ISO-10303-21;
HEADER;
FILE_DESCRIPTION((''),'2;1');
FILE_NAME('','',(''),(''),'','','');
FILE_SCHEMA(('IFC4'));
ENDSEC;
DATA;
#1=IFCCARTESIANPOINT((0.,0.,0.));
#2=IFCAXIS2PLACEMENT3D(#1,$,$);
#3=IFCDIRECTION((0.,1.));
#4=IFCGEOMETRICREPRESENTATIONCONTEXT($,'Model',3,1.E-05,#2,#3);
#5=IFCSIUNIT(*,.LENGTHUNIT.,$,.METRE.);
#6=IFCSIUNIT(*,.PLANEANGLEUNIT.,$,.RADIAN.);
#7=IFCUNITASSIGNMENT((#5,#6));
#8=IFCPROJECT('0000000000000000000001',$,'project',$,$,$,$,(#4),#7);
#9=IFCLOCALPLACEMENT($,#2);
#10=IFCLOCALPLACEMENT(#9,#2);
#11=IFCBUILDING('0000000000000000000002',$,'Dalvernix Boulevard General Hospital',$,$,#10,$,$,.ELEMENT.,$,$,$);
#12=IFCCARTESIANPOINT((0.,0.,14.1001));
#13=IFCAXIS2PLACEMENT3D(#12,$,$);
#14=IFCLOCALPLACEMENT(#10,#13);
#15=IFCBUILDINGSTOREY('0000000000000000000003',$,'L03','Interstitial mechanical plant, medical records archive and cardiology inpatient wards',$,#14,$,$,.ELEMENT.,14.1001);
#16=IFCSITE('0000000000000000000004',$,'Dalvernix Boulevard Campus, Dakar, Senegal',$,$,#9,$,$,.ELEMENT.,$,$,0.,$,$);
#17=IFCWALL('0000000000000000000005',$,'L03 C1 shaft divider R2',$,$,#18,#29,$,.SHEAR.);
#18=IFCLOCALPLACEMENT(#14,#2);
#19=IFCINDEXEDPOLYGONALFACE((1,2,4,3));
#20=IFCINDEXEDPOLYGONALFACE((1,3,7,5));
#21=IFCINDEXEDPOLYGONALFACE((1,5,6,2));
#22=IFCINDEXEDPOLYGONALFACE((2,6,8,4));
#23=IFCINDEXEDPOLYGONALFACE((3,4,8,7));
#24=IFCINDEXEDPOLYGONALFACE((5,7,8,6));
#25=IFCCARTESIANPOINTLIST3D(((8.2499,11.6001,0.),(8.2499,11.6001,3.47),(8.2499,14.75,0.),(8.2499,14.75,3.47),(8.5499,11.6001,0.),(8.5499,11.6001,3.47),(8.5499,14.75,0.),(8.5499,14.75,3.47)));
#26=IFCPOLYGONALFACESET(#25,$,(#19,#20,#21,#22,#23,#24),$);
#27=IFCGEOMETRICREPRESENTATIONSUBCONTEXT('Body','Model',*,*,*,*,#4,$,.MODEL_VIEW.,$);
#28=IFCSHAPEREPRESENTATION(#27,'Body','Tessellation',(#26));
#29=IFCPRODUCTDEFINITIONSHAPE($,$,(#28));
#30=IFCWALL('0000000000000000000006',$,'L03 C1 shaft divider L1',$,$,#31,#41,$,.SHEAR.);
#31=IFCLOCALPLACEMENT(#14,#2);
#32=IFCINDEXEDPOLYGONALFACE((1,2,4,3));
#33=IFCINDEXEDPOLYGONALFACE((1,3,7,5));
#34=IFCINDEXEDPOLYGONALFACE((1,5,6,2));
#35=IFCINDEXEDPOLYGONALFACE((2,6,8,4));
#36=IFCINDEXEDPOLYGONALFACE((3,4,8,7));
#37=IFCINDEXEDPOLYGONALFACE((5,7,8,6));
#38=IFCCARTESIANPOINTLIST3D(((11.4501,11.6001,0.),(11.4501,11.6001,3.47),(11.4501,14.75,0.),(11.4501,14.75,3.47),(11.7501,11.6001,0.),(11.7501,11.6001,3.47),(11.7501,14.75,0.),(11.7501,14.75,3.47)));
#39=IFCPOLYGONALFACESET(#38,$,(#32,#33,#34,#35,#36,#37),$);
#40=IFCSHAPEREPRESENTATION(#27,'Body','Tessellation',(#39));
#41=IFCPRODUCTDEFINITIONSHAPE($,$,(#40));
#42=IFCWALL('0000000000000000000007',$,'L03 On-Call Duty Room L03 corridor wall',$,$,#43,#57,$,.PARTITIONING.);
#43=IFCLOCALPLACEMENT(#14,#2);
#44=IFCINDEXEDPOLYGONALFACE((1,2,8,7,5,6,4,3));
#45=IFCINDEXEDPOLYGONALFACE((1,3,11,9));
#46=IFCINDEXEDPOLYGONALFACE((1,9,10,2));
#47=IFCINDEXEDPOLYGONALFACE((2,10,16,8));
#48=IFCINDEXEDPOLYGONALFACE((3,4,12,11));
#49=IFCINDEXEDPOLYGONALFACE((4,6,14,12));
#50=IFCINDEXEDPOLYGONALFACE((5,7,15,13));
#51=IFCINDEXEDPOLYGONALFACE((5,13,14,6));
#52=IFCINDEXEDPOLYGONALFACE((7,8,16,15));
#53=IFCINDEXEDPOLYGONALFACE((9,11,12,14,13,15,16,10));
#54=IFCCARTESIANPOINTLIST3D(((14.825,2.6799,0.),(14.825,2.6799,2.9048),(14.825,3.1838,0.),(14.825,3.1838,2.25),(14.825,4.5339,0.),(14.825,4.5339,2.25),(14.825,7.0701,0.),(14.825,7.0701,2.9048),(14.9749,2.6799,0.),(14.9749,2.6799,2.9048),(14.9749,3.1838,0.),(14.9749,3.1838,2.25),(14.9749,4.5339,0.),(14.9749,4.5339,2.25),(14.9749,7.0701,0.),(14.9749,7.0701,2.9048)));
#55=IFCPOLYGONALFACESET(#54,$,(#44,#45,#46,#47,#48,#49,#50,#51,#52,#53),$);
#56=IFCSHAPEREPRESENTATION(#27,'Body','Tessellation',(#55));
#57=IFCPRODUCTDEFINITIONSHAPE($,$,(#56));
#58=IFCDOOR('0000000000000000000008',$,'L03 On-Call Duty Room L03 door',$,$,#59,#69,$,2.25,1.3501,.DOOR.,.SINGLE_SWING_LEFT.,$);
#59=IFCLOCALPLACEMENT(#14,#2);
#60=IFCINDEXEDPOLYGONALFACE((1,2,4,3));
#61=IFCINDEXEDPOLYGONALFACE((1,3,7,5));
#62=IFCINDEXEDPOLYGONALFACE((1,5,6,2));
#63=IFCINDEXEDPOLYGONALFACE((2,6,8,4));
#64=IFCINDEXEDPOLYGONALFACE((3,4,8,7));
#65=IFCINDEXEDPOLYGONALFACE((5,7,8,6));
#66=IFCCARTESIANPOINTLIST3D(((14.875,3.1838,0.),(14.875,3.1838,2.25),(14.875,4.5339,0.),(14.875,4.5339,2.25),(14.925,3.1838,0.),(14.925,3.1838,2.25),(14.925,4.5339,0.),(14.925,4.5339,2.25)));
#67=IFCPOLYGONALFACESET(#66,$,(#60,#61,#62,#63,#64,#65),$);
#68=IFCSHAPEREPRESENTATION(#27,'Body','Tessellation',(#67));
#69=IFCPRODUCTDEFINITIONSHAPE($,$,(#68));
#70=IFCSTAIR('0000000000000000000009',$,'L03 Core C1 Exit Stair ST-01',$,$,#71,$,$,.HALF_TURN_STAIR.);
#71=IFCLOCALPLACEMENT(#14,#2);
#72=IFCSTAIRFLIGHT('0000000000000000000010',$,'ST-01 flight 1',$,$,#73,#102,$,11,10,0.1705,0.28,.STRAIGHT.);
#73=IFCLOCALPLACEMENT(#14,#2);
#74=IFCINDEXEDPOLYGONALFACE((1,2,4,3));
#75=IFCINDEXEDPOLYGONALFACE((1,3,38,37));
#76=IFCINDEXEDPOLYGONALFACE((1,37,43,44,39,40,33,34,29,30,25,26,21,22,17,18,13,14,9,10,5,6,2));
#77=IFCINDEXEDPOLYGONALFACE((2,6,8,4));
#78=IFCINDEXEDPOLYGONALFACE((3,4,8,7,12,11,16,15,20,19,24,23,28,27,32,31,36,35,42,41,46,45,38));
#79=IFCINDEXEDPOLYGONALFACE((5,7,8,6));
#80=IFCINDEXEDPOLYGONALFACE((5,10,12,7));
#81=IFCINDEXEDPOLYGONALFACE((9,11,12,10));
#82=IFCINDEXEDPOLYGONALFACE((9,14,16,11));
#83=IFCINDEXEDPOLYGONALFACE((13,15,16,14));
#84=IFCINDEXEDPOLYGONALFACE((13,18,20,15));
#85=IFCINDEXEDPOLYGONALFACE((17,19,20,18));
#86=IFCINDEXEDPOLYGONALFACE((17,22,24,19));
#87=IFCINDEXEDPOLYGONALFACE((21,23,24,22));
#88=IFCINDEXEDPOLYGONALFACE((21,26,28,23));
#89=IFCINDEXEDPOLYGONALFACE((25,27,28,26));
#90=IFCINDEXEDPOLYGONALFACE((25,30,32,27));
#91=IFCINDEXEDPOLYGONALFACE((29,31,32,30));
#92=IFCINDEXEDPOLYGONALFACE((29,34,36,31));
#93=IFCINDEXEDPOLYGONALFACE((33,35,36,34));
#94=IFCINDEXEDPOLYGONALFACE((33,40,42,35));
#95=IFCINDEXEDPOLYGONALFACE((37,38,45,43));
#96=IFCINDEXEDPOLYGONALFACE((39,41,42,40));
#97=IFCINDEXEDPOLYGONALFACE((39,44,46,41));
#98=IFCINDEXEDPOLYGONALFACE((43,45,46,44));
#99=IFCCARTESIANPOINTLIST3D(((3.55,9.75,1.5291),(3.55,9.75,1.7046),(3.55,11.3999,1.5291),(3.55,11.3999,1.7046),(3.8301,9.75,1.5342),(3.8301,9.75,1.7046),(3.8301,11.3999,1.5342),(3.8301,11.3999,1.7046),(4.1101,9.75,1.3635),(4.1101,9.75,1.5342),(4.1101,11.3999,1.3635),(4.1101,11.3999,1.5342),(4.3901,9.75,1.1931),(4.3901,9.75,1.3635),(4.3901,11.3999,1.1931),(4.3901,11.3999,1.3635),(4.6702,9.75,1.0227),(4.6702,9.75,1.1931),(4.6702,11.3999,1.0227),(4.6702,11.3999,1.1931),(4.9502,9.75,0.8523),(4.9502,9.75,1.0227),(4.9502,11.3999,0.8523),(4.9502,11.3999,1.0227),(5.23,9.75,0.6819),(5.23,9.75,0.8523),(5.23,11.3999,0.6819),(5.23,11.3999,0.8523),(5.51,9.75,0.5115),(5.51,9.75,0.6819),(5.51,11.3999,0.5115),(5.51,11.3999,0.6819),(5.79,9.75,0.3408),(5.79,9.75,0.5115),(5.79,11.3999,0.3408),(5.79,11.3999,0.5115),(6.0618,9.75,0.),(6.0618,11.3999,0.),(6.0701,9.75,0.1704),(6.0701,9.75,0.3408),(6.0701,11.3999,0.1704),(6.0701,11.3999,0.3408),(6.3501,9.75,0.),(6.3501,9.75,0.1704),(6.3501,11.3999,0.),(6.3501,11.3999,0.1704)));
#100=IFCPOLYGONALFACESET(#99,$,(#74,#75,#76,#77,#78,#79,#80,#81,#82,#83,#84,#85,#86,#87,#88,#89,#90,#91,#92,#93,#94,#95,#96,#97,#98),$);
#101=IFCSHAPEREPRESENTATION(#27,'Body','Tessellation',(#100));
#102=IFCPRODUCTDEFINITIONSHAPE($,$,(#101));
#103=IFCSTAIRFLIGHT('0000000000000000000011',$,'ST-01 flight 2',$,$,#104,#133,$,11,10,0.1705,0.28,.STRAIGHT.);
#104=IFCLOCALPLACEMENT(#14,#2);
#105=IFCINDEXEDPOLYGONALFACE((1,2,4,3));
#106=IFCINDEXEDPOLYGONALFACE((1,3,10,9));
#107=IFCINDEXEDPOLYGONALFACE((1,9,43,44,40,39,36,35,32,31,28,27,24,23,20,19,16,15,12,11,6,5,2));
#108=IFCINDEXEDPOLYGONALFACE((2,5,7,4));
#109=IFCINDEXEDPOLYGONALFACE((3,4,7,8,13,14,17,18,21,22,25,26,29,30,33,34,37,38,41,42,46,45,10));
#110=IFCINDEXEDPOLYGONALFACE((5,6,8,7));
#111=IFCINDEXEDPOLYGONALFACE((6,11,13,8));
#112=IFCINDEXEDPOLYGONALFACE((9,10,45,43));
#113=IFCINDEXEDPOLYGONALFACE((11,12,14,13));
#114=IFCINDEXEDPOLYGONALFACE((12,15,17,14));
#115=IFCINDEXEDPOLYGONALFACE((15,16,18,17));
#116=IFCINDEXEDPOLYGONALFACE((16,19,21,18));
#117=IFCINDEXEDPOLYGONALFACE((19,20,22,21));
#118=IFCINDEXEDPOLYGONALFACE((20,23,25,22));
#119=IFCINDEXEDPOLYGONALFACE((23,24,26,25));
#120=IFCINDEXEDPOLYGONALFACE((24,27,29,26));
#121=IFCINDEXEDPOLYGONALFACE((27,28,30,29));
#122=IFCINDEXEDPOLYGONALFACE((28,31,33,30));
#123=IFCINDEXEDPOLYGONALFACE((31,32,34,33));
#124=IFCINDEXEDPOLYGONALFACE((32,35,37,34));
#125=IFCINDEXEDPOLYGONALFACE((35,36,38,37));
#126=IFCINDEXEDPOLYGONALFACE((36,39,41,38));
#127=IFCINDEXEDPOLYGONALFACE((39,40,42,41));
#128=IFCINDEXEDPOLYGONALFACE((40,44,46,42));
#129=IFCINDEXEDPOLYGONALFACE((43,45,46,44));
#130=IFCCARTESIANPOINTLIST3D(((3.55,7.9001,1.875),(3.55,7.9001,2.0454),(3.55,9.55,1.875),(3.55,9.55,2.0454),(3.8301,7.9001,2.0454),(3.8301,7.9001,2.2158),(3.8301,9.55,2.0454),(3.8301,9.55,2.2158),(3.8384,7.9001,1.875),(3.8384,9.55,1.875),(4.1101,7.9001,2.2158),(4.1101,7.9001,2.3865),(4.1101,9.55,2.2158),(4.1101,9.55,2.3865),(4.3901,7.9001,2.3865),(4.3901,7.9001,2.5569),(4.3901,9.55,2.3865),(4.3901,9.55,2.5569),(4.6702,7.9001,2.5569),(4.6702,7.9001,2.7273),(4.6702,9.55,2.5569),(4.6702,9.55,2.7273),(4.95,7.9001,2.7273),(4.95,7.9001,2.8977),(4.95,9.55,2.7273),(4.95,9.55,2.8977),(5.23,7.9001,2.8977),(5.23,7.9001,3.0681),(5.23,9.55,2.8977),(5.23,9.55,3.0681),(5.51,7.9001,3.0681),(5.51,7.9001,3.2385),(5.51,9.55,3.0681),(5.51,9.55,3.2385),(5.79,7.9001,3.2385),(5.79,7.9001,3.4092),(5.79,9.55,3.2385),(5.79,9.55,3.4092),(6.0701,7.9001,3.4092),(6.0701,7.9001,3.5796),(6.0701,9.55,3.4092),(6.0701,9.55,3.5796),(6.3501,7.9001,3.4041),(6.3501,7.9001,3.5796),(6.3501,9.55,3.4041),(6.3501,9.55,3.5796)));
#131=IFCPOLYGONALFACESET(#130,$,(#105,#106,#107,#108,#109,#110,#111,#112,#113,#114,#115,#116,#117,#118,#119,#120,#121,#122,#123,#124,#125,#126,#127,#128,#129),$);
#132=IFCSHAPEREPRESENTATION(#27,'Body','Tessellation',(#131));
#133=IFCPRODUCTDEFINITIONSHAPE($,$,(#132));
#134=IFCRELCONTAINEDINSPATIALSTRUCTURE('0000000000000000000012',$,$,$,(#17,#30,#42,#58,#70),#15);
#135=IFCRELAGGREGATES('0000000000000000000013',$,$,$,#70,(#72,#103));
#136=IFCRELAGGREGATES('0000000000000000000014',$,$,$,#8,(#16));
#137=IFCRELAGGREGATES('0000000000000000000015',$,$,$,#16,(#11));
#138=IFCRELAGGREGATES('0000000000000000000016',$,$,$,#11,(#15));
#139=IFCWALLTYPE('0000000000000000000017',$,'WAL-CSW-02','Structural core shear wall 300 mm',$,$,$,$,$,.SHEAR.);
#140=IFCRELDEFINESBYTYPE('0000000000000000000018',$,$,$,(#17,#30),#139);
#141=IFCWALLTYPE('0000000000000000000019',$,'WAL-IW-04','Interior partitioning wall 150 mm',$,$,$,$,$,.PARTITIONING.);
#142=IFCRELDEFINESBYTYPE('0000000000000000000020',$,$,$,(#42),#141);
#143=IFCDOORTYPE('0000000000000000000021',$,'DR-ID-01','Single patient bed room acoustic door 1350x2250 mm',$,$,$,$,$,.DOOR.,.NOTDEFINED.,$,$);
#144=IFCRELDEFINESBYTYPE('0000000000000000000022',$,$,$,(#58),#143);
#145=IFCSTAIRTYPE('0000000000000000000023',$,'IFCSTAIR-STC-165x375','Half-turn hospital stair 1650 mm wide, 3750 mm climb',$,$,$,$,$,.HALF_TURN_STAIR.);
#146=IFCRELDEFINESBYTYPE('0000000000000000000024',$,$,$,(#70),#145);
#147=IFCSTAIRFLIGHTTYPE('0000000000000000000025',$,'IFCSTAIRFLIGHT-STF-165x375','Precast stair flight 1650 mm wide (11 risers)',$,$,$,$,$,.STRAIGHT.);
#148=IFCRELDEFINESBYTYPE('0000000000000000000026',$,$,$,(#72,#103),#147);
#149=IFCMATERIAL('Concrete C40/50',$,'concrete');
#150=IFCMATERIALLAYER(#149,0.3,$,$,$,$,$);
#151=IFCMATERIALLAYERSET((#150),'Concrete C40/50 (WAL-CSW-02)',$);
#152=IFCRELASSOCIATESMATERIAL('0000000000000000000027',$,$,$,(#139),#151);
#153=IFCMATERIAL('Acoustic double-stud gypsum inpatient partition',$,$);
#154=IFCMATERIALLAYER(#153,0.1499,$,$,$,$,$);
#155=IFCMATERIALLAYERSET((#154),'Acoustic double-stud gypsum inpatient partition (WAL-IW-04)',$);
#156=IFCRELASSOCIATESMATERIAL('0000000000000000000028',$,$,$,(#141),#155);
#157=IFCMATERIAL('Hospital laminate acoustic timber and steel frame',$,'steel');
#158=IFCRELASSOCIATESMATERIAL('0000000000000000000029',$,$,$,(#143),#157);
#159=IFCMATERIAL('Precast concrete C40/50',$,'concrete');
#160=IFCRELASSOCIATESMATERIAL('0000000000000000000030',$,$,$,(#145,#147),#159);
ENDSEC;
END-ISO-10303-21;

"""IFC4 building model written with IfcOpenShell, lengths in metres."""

from ifc_helpers import new_model, si_unit, direction, frame, frame_2d, origin, place, context, subcontext, project, spatial, polyline, rectangle, outline, extrude, material, layer, layer_set, type_object, element, fill, aggregate, save


model = new_model("IFC4")

# Units and contexts
model_context = context("Model", 3, precision=1e-05, world=origin(), true_north=direction((0.0, 1.0)))
body_context = subcontext(model_context, "Body", "Model", "MODEL_VIEW")
ifc_project = project(units=[si_unit("LENGTHUNIT", "METRE"), si_unit("PLANEANGLEUNIT", "RADIAN")], contexts=[model_context])

# Site, building, storey
site_placement = place(None, origin())
site = spatial("IfcSite", under=ifc_project, at=site_placement, Name="Dalvernix Boulevard Campus, Dakar, Senegal", CompositionType="ELEMENT", RefElevation=0.0)
building_placement = place(site_placement, origin())
building = spatial("IfcBuilding", under=site, at=building_placement, Name="Dalvernix Boulevard General Hospital", CompositionType="ELEMENT")
storey_placement = place(building_placement, frame((0.0, 0.0, 14.1001)))
storey = spatial("IfcBuildingStorey", under=building, at=storey_placement, Name="L03", Description="Interstitial mechanical plant, medical records archive and cardiology inpatient wards", CompositionType="ELEMENT", Elevation=14.1001)

# Shared definitions
ifc_material_1 = material(Name="Concrete C40/50", Category="concrete")

# Shared definitions
ifc_material_2 = material(Name="Hospital laminate acoustic timber and steel frame", Category="steel")

# Shared definitions
ifc_layer_1 = layer(ifc_material_1, 0.3)
ifc_layer_set_1 = layer_set([ifc_layer_1], Name="Concrete C40/50 (WAL-CSW-02)")
wall_type_1 = type_object("IfcWallType", Name="WAL-CSW-02", Description="Structural core shear wall 300 mm", PredefinedType="SHEAR", material=ifc_layer_set_1)

# Walls
for number, where, z_axis, x_axis, name in (
    (1, (8.3999, 11.6001, 0.0), (0.0, 0.0, 1.0), (0.0, 1.0, 0.0), "L03 C1 shaft divider R2"),
    (2, (11.6001, 11.6001, 0.0), (0.0, 0.0, 1.0), (0.0, 1.0, 0.0), "L03 C1 shaft divider L1"),
):
    element("IfcWall", number, at=place(storey_placement, frame(where, z_axis=z_axis, x_axis=x_axis)), inside=storey, type_object=wall_type_1, Name=name, PredefinedType="SHEAR", context=body_context, shape_type="SweptSolid", body=[
        extrude(rectangle(XDim=3.1499, YDim=0.3, at=frame_2d((1.575, 0.0))), origin(), (0.0, 0.0, 1.0), 3.47),
    ])

# Wall, opening, door
ifc_material_3 = material(Name="Acoustic double-stud gypsum inpatient partition")
ifc_layer_2 = layer(ifc_material_3, 0.1499)
ifc_layer_set_2 = layer_set([ifc_layer_2], Name="Acoustic double-stud gypsum inpatient partition (WAL-IW-04)")
wall_type_2 = type_object("IfcWallType", Name="WAL-IW-04", Description="Interior partitioning wall 150 mm", PredefinedType="PARTITIONING", material=ifc_layer_set_2)
wall_1_placement = place(storey_placement, frame((14.8999, 2.6799, 0.0), z_axis=(0.0, 0.0, 1.0), x_axis=(0.0, 1.0, 0.0)))
wall_1 = element("IfcWall", 3, at=wall_1_placement, inside=storey, type_object=wall_type_2, Name="L03 On-Call Duty Room L03 corridor wall", PredefinedType="PARTITIONING", context=body_context, shape_type="SweptSolid", body=[
    extrude(rectangle(XDim=4.3901, YDim=0.1499, at=frame_2d((2.1951, 0.0))), origin(), (0.0, 0.0, 1.0), 2.9048),
])
opening_1_placement = place(wall_1_placement, frame((0.5039, 0.0, 0.0)))
opening_1 = element("IfcOpeningElement", 4, at=opening_1_placement, cuts=wall_1, PredefinedType="OPENING", context=body_context, shape_type="SweptSolid", body=[
    extrude(rectangle(XDim=1.3501, YDim=2.25, at=frame_2d((0.675, 1.125))), frame((0.0, 0.085, 0.0), z_axis=(0.0, -1.0, 0.0), x_axis=(1.0, 0.0, 0.0)), (0.0, 0.0, 1.0), 0.1699),
])
door_type_1 = type_object("IfcDoorType", Name="DR-ID-01", Description="Single patient bed room acoustic door 1350x2250 mm", OperationType="NOTDEFINED", PredefinedType="DOOR", material=ifc_material_2)
door_1_placement = place(opening_1_placement, origin())
door_1 = element("IfcDoor", 5, at=door_1_placement, inside=storey, type_object=door_type_1, Name="L03 On-Call Duty Room L03 door", OperationType="SINGLE_SWING_LEFT", OverallHeight=2.25, OverallWidth=1.3501, PredefinedType="DOOR", context=body_context, shape_type="SweptSolid", body=[
    extrude(rectangle(XDim=1.3501, YDim=2.25, at=frame_2d((0.675, 1.125))), frame((0.0, 0.0249, 0.0), z_axis=(0.0, -1.0, 0.0), x_axis=(1.0, 0.0, 0.0)), (0.0, 0.0, 1.0), 0.05),
])
fill(opening_1, door_1)

# Stair, stair flights
ifc_material_4 = material(Name="Precast concrete C40/50", Category="concrete")
stair_type = type_object("IfcStairType", Name="IFCSTAIR-STC-165x375", Description="Half-turn hospital stair 1650 mm wide, 3750 mm climb", PredefinedType="HALF_TURN_STAIR", material=ifc_material_4)
stair_placement = place(storey_placement, origin())
stair = element("IfcStair", 6, at=stair_placement, inside=storey, type_object=stair_type, Name="L03 Core C1 Exit Stair ST-01", PredefinedType="HALF_TURN_STAIR")
stair_flight_type = type_object("IfcStairFlightType", Name="IFCSTAIRFLIGHT-STF-165x375", Description="Precast stair flight 1650 mm wide (11 risers)", PredefinedType="STRAIGHT", material=ifc_material_4)
stair_flight_1_placement = place(storey_placement, frame((6.3501, 10.575, 0.0), z_axis=(0.0, 0.0, 1.0), x_axis=(-1.0, 0.0, 0.0)))
stair_flight_1 = element("IfcStairFlight", 7, at=stair_flight_1_placement, type_object=stair_flight_type, Name="ST-01 flight 1", NumberOfRisers=11, NumberOfTreads=10, PredefinedType="STRAIGHT", RiserHeight=0.1705, TreadLength=0.28, context=body_context, shape_type="SweptSolid", body=[
    extrude(outline(polyline([(0.0, 0.0), (0.0, 0.1704), (0.28, 0.1704), (0.28, 0.3408), (0.5601, 0.3408), (0.5601, 0.5115), (0.8401, 0.5115), (0.8401, 0.6819), (1.1201, 0.6819), (1.1201, 0.8523), (1.3999, 0.8523), (1.3999, 1.0227), (1.6799, 1.0227), (1.6799, 1.1931), (1.96, 1.1931), (1.96, 1.3635), (2.24, 1.3635), (2.24, 1.5342), (2.52, 1.5342), (2.52, 1.7046), (2.8, 1.7046), (2.8, 1.875), (2.8, 1.5291), (0.2883, 0.0), (0.0, 0.0)])), frame((0.0, 0.825, 0.0), z_axis=(0.0, -1.0, 0.0), x_axis=(1.0, 0.0, 0.0)), (0.0, 0.0, 1.0), 1.6499),
])
stair_flight_2_placement = place(storey_placement, frame((3.55, 8.7251, 1.875), z_axis=(0.0, 0.0, 1.0), x_axis=(1.0, 0.0, 0.0)))
stair_flight_2 = element("IfcStairFlight", 8, at=stair_flight_2_placement, type_object=stair_flight_type, Name="ST-01 flight 2", NumberOfRisers=11, NumberOfTreads=10, PredefinedType="STRAIGHT", RiserHeight=0.1705, TreadLength=0.28, context=body_context, shape_type="SweptSolid", body=[
    extrude(outline(polyline([(0.0, 0.0), (0.0, 0.1704), (0.28, 0.1704), (0.28, 0.3408), (0.5601, 0.3408), (0.5601, 0.5115), (0.8401, 0.5115), (0.8401, 0.6819), (1.1201, 0.6819), (1.1201, 0.8523), (1.3999, 0.8523), (1.3999, 1.0227), (1.6799, 1.0227), (1.6799, 1.1931), (1.96, 1.1931), (1.96, 1.3635), (2.24, 1.3635), (2.24, 1.5342), (2.52, 1.5342), (2.52, 1.7046), (2.8, 1.7046), (2.8, 1.875), (2.8, 1.5291), (0.2883, 0.0), (0.0, 0.0)])), frame((0.0, 0.825, 0.0), z_axis=(0.0, -1.0, 0.0), x_axis=(1.0, 0.0, 0.0)), (0.0, 0.0, 1.0), 1.6499),
])
aggregate(stair, [stair_flight_1, stair_flight_2])

save(model, "model.ifc")
